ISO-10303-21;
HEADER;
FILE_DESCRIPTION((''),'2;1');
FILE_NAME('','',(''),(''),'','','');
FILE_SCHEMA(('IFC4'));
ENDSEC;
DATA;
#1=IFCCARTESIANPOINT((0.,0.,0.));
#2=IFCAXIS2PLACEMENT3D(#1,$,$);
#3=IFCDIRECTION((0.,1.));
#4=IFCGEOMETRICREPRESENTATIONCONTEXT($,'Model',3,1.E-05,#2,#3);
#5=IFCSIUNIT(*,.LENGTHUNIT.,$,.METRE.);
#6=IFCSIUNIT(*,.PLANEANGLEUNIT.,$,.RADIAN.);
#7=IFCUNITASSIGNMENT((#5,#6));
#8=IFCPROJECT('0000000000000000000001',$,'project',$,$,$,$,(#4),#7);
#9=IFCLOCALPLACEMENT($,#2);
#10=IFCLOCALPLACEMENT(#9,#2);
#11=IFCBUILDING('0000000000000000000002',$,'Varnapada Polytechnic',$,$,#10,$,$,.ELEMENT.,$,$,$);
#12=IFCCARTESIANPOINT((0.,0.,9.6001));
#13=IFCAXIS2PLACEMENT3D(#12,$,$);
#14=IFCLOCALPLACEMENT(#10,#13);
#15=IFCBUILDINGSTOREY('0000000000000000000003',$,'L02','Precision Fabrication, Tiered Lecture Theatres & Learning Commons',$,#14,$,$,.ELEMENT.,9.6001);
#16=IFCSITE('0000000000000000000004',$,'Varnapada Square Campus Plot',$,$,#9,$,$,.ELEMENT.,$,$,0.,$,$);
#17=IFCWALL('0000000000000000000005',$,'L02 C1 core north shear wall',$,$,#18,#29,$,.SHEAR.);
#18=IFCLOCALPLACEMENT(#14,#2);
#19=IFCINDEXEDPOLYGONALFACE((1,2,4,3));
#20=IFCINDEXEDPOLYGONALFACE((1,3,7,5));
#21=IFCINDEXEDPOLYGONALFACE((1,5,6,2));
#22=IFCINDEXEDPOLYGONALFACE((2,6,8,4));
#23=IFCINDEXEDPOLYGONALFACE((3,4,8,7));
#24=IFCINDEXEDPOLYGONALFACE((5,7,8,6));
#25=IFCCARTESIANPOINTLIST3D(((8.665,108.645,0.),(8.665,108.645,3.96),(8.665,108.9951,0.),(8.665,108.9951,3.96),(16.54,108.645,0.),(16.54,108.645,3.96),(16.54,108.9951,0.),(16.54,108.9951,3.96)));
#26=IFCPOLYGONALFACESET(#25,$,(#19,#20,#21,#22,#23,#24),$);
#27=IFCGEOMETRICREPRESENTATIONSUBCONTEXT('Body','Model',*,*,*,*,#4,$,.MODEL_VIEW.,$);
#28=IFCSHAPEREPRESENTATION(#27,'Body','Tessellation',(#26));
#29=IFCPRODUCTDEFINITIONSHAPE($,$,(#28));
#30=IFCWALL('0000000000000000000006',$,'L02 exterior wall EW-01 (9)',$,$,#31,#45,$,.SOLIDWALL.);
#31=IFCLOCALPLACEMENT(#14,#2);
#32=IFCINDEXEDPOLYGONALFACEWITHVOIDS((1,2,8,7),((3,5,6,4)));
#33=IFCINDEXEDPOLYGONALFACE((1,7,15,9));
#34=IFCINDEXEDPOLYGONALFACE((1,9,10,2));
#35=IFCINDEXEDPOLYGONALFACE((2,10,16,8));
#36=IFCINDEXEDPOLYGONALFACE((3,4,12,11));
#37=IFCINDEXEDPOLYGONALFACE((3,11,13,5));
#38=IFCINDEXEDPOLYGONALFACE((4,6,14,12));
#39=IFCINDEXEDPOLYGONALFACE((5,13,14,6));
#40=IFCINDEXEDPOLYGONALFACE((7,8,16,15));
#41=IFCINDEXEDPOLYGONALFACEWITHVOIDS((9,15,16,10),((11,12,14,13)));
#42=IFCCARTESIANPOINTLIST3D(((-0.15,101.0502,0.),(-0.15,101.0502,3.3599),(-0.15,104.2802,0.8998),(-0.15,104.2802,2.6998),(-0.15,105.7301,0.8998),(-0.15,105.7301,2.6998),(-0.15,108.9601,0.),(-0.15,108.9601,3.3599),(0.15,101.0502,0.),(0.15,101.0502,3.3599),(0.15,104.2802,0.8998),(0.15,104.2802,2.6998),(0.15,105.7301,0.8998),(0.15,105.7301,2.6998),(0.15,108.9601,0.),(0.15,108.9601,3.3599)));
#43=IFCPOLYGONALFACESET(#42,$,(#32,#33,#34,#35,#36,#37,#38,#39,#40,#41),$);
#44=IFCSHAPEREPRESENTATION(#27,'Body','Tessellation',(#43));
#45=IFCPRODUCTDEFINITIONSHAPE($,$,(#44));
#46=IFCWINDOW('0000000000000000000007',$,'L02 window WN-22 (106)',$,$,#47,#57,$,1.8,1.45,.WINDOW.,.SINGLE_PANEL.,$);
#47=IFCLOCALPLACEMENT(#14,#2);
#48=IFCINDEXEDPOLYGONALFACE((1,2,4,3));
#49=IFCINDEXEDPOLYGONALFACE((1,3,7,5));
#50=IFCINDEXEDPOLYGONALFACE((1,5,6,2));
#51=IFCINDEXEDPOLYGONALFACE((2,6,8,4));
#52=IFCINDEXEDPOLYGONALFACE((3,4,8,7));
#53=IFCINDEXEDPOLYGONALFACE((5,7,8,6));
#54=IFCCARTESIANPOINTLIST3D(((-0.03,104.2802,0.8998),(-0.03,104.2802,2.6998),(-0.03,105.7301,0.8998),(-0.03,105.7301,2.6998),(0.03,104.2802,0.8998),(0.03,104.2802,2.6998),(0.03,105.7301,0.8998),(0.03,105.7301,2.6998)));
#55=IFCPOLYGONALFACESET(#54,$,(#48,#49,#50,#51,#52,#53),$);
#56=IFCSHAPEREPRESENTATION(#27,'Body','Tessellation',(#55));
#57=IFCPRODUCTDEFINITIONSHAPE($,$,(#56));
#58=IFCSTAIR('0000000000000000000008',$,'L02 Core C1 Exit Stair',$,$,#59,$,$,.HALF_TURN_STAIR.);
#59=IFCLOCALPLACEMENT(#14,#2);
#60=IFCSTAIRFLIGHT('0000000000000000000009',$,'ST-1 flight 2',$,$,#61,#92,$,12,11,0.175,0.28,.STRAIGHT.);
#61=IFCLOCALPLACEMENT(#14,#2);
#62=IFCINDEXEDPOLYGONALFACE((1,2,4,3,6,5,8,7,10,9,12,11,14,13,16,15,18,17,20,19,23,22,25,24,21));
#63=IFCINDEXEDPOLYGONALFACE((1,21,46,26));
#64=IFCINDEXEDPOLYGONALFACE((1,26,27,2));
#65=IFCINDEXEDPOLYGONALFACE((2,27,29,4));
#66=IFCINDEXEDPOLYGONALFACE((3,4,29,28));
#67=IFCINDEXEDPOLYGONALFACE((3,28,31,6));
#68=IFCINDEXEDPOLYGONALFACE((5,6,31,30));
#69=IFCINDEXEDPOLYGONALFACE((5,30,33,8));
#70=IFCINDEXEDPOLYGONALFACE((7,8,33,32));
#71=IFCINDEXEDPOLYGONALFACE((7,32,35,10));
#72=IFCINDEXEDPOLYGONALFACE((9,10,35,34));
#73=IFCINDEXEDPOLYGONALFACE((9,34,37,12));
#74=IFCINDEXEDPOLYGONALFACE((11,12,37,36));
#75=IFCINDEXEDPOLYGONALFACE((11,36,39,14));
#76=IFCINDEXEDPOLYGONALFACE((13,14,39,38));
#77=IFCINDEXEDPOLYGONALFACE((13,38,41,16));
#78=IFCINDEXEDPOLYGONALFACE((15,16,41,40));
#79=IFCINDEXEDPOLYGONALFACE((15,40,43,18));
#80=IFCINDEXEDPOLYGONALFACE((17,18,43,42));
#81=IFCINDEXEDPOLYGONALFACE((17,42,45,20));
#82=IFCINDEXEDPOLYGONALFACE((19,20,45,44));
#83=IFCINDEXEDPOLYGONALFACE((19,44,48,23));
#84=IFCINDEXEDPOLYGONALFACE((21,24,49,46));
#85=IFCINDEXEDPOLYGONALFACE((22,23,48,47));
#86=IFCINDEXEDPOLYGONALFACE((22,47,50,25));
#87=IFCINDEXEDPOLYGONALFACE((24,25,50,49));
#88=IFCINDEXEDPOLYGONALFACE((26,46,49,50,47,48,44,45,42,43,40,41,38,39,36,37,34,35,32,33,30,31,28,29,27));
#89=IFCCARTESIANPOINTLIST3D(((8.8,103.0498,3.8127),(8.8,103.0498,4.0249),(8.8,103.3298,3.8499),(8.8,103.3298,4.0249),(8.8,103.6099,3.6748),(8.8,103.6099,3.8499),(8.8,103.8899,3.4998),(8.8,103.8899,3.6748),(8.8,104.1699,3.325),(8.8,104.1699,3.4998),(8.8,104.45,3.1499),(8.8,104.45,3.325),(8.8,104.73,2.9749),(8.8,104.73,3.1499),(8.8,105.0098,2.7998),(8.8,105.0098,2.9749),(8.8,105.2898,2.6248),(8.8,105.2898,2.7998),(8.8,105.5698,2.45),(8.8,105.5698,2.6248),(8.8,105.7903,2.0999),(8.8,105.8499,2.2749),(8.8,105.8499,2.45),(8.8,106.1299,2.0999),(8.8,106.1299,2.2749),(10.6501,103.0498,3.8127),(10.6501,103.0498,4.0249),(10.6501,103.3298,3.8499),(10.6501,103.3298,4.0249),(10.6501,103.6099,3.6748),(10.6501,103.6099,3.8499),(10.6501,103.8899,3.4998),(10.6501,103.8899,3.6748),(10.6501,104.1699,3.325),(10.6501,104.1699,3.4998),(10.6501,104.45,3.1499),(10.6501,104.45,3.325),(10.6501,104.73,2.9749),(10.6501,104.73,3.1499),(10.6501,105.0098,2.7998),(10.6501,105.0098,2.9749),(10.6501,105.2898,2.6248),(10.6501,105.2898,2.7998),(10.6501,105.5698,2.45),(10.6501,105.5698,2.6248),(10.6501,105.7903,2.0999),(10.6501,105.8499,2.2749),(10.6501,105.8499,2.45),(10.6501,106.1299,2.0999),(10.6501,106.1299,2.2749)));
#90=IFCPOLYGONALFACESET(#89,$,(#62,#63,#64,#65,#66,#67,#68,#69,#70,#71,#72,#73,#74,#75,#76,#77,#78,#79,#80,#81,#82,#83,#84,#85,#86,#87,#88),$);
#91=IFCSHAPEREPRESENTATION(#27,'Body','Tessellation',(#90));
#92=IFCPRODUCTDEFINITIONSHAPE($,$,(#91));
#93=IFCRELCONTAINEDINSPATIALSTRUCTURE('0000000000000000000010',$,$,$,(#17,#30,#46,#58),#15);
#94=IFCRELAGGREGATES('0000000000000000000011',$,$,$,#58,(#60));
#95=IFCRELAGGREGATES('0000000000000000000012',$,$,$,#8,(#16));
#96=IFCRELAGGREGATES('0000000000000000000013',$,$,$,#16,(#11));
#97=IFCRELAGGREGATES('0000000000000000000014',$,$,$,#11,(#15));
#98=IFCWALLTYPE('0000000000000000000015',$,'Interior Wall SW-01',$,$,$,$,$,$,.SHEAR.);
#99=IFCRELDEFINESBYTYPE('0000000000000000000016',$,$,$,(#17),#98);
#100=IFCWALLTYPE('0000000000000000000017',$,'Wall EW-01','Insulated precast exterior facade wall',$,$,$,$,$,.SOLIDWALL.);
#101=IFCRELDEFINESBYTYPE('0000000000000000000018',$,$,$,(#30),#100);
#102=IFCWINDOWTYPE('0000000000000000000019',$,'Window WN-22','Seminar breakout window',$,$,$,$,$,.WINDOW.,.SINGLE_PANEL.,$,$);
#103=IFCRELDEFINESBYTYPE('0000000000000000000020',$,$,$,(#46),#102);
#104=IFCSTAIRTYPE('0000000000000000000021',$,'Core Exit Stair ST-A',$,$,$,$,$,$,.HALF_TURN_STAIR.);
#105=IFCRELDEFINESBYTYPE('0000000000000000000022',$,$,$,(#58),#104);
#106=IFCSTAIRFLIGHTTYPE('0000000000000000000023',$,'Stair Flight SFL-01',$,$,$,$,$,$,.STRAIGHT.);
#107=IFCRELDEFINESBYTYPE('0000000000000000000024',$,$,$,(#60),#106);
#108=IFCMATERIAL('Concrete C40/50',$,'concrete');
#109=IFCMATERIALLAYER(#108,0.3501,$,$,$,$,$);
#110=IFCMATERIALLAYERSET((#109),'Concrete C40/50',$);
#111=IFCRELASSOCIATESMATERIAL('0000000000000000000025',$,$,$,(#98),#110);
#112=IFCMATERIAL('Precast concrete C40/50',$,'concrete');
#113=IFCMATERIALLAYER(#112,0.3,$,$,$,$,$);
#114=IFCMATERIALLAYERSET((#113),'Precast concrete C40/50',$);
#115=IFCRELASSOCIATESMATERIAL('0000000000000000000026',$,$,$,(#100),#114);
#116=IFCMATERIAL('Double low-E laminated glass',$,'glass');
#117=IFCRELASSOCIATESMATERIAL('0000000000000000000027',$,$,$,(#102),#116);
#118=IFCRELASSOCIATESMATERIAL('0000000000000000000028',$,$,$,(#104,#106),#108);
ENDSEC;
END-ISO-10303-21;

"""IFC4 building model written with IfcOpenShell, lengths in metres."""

from ifc_helpers import new_model, si_unit, direction, frame, frame_2d, origin, place, context, subcontext, project, spatial, polyline, rectangle, outline, extrude, material, layer, layer_set, type_object, element, fill, aggregate, save


model = new_model("IFC4")

# Units and contexts
model_context = context("Model", 3, precision=1e-05, world=origin(), true_north=direction((0.0, 1.0)))
body_context = subcontext(model_context, "Body", "Model", "MODEL_VIEW")
ifc_project = project(units=[si_unit("LENGTHUNIT", "METRE"), si_unit("PLANEANGLEUNIT", "RADIAN")], contexts=[model_context])

# Site, building, storey
site_placement = place(None, origin())
site = spatial("IfcSite", under=ifc_project, at=site_placement, Name="Varnapada Square Campus Plot", CompositionType="ELEMENT", RefElevation=0.0)
building_placement = place(site_placement, origin())
building = spatial("IfcBuilding", under=site, at=building_placement, Name="Varnapada Polytechnic", CompositionType="ELEMENT")
storey_placement = place(building_placement, frame((0.0, 0.0, 9.6001)))
storey = spatial("IfcBuildingStorey", under=building, at=storey_placement, Name="L02", Description="Precision Fabrication, Tiered Lecture Theatres & Learning Commons", CompositionType="ELEMENT", Elevation=9.6001)

# Wall
ifc_material_1 = material(Name="Concrete C40/50", Category="concrete")
ifc_layer_1 = layer(ifc_material_1, 0.3501)
ifc_layer_set_1 = layer_set([ifc_layer_1], Name="Concrete C40/50")
wall_type_1 = type_object("IfcWallType", Name="Interior Wall SW-01", PredefinedType="SHEAR", material=ifc_layer_set_1)
wall_1_placement = place(storey_placement, frame((8.665, 108.8201, 0.0), z_axis=(0.0, 0.0, 1.0), x_axis=(1.0, 0.0, 0.0)))
element("IfcWall", 1, at=wall_1_placement, inside=storey, type_object=wall_type_1, Name="L02 C1 core north shear wall", PredefinedType="SHEAR", context=body_context, shape_type="SweptSolid", body=[
    extrude(rectangle(XDim=7.875, YDim=0.3501, at=frame_2d((3.9375, 0.0))), origin(), (0.0, 0.0, 1.0), 3.96),
])

# Wall, opening, window
ifc_material_2 = material(Name="Precast concrete C40/50", Category="concrete")
ifc_layer_2 = layer(ifc_material_2, 0.3)
ifc_layer_set_2 = layer_set([ifc_layer_2], Name="Precast concrete C40/50")
wall_type_2 = type_object("IfcWallType", Name="Wall EW-01", Description="Insulated precast exterior facade wall", PredefinedType="SOLIDWALL", material=ifc_layer_set_2)
wall_2_placement = place(storey_placement, frame((0.0, 101.05, 0.0), z_axis=(0.0, 0.0, 1.0), x_axis=(0.0, 1.0, 0.0)))
wall_2 = element("IfcWall", 2, at=wall_2_placement, inside=storey, type_object=wall_type_2, Name="L02 exterior wall EW-01 (9)", PredefinedType="SOLIDWALL", context=body_context, shape_type="SweptSolid", body=[
    extrude(rectangle(XDim=7.9099, YDim=0.3, at=frame_2d((3.9551, 0.0))), origin(), (0.0, 0.0, 1.0), 3.3599),
])
opening_1_placement = place(wall_2_placement, frame((3.23, 0.0, 0.8999)))
opening_1 = element("IfcOpeningElement", 3, at=opening_1_placement, cuts=wall_2, PredefinedType="OPENING", context=body_context, shape_type="SweptSolid", body=[
    extrude(rectangle(XDim=1.45, YDim=1.8, at=frame_2d((0.7251, 0.8999))), frame((0.0, 0.1599, 0.0), z_axis=(0.0, -1.0, 0.0), x_axis=(1.0, 0.0, 0.0)), (0.0, 0.0, 1.0), 0.3201),
])
ifc_material_3 = material(Name="Double low-E laminated glass", Category="glass")
window_type = type_object("IfcWindowType", Name="Window WN-22", Description="Seminar breakout window", PartitioningType="SINGLE_PANEL", PredefinedType="WINDOW", material=ifc_material_3)
window_placement = place(opening_1_placement, origin())
window = element("IfcWindow", 4, at=window_placement, inside=storey, type_object=window_type, Name="L02 window WN-22 (106)", OverallHeight=1.8, OverallWidth=1.45, PartitioningType="SINGLE_PANEL", PredefinedType="WINDOW", context=body_context, shape_type="SweptSolid", body=[
    extrude(rectangle(XDim=1.45, YDim=1.8, at=frame_2d((0.7251, 0.8999))), frame((0.0, 0.03, 0.0), z_axis=(0.0, -1.0, 0.0), x_axis=(1.0, 0.0, 0.0)), (0.0, 0.0, 1.0), 0.0601),
])
fill(opening_1, window)

# Stair, stair flight
stair_type = type_object("IfcStairType", Name="Core Exit Stair ST-A", PredefinedType="HALF_TURN_STAIR", material=ifc_material_1)
stair_placement = place(storey_placement, origin())
stair = element("IfcStair", 5, at=stair_placement, inside=storey, type_object=stair_type, Name="L02 Core C1 Exit Stair", PredefinedType="HALF_TURN_STAIR")
stair_flight_type = type_object("IfcStairFlightType", Name="Stair Flight SFL-01", PredefinedType="STRAIGHT", material=ifc_material_1)
stair_flight_placement = place(storey_placement, frame((9.7251, 106.1299, 2.0999), z_axis=(0.0, 0.0, 1.0), x_axis=(0.0, -1.0, 0.0)))
stair_flight = element("IfcStairFlight", 6, at=stair_flight_placement, type_object=stair_flight_type, Name="ST-1 flight 2", NumberOfRisers=12, NumberOfTreads=11, PredefinedType="STRAIGHT", RiserHeight=0.175, TreadLength=0.28, context=body_context, shape_type="SweptSolid", body=[
    extrude(outline(polyline([(0.0, 0.0), (0.0, 0.175), (0.28, 0.175), (0.28, 0.3501), (0.5601, 0.3501), (0.5601, 0.5249), (0.8401, 0.5249), (0.8401, 0.7), (1.1201, 0.7), (1.1201, 0.875), (1.3999, 0.875), (1.3999, 1.05), (1.6799, 1.05), (1.6799, 1.2251), (1.96, 1.2251), (1.96, 1.3999), (2.24, 1.3999), (2.24, 1.575), (2.52, 1.575), (2.52, 1.75), (2.8, 1.75), (2.8, 1.925), (3.0801, 1.925), (3.0801, 2.1001), (3.0801, 1.7129), (0.3396, 0.0), (0.0, 0.0)])), frame((0.0, 0.925, 0.0), z_axis=(0.0, -1.0, 0.0), x_axis=(1.0, 0.0, 0.0)), (0.0, 0.0, 1.0), 1.8501),
])
aggregate(stair, [stair_flight])

save(model, "model.ifc")
